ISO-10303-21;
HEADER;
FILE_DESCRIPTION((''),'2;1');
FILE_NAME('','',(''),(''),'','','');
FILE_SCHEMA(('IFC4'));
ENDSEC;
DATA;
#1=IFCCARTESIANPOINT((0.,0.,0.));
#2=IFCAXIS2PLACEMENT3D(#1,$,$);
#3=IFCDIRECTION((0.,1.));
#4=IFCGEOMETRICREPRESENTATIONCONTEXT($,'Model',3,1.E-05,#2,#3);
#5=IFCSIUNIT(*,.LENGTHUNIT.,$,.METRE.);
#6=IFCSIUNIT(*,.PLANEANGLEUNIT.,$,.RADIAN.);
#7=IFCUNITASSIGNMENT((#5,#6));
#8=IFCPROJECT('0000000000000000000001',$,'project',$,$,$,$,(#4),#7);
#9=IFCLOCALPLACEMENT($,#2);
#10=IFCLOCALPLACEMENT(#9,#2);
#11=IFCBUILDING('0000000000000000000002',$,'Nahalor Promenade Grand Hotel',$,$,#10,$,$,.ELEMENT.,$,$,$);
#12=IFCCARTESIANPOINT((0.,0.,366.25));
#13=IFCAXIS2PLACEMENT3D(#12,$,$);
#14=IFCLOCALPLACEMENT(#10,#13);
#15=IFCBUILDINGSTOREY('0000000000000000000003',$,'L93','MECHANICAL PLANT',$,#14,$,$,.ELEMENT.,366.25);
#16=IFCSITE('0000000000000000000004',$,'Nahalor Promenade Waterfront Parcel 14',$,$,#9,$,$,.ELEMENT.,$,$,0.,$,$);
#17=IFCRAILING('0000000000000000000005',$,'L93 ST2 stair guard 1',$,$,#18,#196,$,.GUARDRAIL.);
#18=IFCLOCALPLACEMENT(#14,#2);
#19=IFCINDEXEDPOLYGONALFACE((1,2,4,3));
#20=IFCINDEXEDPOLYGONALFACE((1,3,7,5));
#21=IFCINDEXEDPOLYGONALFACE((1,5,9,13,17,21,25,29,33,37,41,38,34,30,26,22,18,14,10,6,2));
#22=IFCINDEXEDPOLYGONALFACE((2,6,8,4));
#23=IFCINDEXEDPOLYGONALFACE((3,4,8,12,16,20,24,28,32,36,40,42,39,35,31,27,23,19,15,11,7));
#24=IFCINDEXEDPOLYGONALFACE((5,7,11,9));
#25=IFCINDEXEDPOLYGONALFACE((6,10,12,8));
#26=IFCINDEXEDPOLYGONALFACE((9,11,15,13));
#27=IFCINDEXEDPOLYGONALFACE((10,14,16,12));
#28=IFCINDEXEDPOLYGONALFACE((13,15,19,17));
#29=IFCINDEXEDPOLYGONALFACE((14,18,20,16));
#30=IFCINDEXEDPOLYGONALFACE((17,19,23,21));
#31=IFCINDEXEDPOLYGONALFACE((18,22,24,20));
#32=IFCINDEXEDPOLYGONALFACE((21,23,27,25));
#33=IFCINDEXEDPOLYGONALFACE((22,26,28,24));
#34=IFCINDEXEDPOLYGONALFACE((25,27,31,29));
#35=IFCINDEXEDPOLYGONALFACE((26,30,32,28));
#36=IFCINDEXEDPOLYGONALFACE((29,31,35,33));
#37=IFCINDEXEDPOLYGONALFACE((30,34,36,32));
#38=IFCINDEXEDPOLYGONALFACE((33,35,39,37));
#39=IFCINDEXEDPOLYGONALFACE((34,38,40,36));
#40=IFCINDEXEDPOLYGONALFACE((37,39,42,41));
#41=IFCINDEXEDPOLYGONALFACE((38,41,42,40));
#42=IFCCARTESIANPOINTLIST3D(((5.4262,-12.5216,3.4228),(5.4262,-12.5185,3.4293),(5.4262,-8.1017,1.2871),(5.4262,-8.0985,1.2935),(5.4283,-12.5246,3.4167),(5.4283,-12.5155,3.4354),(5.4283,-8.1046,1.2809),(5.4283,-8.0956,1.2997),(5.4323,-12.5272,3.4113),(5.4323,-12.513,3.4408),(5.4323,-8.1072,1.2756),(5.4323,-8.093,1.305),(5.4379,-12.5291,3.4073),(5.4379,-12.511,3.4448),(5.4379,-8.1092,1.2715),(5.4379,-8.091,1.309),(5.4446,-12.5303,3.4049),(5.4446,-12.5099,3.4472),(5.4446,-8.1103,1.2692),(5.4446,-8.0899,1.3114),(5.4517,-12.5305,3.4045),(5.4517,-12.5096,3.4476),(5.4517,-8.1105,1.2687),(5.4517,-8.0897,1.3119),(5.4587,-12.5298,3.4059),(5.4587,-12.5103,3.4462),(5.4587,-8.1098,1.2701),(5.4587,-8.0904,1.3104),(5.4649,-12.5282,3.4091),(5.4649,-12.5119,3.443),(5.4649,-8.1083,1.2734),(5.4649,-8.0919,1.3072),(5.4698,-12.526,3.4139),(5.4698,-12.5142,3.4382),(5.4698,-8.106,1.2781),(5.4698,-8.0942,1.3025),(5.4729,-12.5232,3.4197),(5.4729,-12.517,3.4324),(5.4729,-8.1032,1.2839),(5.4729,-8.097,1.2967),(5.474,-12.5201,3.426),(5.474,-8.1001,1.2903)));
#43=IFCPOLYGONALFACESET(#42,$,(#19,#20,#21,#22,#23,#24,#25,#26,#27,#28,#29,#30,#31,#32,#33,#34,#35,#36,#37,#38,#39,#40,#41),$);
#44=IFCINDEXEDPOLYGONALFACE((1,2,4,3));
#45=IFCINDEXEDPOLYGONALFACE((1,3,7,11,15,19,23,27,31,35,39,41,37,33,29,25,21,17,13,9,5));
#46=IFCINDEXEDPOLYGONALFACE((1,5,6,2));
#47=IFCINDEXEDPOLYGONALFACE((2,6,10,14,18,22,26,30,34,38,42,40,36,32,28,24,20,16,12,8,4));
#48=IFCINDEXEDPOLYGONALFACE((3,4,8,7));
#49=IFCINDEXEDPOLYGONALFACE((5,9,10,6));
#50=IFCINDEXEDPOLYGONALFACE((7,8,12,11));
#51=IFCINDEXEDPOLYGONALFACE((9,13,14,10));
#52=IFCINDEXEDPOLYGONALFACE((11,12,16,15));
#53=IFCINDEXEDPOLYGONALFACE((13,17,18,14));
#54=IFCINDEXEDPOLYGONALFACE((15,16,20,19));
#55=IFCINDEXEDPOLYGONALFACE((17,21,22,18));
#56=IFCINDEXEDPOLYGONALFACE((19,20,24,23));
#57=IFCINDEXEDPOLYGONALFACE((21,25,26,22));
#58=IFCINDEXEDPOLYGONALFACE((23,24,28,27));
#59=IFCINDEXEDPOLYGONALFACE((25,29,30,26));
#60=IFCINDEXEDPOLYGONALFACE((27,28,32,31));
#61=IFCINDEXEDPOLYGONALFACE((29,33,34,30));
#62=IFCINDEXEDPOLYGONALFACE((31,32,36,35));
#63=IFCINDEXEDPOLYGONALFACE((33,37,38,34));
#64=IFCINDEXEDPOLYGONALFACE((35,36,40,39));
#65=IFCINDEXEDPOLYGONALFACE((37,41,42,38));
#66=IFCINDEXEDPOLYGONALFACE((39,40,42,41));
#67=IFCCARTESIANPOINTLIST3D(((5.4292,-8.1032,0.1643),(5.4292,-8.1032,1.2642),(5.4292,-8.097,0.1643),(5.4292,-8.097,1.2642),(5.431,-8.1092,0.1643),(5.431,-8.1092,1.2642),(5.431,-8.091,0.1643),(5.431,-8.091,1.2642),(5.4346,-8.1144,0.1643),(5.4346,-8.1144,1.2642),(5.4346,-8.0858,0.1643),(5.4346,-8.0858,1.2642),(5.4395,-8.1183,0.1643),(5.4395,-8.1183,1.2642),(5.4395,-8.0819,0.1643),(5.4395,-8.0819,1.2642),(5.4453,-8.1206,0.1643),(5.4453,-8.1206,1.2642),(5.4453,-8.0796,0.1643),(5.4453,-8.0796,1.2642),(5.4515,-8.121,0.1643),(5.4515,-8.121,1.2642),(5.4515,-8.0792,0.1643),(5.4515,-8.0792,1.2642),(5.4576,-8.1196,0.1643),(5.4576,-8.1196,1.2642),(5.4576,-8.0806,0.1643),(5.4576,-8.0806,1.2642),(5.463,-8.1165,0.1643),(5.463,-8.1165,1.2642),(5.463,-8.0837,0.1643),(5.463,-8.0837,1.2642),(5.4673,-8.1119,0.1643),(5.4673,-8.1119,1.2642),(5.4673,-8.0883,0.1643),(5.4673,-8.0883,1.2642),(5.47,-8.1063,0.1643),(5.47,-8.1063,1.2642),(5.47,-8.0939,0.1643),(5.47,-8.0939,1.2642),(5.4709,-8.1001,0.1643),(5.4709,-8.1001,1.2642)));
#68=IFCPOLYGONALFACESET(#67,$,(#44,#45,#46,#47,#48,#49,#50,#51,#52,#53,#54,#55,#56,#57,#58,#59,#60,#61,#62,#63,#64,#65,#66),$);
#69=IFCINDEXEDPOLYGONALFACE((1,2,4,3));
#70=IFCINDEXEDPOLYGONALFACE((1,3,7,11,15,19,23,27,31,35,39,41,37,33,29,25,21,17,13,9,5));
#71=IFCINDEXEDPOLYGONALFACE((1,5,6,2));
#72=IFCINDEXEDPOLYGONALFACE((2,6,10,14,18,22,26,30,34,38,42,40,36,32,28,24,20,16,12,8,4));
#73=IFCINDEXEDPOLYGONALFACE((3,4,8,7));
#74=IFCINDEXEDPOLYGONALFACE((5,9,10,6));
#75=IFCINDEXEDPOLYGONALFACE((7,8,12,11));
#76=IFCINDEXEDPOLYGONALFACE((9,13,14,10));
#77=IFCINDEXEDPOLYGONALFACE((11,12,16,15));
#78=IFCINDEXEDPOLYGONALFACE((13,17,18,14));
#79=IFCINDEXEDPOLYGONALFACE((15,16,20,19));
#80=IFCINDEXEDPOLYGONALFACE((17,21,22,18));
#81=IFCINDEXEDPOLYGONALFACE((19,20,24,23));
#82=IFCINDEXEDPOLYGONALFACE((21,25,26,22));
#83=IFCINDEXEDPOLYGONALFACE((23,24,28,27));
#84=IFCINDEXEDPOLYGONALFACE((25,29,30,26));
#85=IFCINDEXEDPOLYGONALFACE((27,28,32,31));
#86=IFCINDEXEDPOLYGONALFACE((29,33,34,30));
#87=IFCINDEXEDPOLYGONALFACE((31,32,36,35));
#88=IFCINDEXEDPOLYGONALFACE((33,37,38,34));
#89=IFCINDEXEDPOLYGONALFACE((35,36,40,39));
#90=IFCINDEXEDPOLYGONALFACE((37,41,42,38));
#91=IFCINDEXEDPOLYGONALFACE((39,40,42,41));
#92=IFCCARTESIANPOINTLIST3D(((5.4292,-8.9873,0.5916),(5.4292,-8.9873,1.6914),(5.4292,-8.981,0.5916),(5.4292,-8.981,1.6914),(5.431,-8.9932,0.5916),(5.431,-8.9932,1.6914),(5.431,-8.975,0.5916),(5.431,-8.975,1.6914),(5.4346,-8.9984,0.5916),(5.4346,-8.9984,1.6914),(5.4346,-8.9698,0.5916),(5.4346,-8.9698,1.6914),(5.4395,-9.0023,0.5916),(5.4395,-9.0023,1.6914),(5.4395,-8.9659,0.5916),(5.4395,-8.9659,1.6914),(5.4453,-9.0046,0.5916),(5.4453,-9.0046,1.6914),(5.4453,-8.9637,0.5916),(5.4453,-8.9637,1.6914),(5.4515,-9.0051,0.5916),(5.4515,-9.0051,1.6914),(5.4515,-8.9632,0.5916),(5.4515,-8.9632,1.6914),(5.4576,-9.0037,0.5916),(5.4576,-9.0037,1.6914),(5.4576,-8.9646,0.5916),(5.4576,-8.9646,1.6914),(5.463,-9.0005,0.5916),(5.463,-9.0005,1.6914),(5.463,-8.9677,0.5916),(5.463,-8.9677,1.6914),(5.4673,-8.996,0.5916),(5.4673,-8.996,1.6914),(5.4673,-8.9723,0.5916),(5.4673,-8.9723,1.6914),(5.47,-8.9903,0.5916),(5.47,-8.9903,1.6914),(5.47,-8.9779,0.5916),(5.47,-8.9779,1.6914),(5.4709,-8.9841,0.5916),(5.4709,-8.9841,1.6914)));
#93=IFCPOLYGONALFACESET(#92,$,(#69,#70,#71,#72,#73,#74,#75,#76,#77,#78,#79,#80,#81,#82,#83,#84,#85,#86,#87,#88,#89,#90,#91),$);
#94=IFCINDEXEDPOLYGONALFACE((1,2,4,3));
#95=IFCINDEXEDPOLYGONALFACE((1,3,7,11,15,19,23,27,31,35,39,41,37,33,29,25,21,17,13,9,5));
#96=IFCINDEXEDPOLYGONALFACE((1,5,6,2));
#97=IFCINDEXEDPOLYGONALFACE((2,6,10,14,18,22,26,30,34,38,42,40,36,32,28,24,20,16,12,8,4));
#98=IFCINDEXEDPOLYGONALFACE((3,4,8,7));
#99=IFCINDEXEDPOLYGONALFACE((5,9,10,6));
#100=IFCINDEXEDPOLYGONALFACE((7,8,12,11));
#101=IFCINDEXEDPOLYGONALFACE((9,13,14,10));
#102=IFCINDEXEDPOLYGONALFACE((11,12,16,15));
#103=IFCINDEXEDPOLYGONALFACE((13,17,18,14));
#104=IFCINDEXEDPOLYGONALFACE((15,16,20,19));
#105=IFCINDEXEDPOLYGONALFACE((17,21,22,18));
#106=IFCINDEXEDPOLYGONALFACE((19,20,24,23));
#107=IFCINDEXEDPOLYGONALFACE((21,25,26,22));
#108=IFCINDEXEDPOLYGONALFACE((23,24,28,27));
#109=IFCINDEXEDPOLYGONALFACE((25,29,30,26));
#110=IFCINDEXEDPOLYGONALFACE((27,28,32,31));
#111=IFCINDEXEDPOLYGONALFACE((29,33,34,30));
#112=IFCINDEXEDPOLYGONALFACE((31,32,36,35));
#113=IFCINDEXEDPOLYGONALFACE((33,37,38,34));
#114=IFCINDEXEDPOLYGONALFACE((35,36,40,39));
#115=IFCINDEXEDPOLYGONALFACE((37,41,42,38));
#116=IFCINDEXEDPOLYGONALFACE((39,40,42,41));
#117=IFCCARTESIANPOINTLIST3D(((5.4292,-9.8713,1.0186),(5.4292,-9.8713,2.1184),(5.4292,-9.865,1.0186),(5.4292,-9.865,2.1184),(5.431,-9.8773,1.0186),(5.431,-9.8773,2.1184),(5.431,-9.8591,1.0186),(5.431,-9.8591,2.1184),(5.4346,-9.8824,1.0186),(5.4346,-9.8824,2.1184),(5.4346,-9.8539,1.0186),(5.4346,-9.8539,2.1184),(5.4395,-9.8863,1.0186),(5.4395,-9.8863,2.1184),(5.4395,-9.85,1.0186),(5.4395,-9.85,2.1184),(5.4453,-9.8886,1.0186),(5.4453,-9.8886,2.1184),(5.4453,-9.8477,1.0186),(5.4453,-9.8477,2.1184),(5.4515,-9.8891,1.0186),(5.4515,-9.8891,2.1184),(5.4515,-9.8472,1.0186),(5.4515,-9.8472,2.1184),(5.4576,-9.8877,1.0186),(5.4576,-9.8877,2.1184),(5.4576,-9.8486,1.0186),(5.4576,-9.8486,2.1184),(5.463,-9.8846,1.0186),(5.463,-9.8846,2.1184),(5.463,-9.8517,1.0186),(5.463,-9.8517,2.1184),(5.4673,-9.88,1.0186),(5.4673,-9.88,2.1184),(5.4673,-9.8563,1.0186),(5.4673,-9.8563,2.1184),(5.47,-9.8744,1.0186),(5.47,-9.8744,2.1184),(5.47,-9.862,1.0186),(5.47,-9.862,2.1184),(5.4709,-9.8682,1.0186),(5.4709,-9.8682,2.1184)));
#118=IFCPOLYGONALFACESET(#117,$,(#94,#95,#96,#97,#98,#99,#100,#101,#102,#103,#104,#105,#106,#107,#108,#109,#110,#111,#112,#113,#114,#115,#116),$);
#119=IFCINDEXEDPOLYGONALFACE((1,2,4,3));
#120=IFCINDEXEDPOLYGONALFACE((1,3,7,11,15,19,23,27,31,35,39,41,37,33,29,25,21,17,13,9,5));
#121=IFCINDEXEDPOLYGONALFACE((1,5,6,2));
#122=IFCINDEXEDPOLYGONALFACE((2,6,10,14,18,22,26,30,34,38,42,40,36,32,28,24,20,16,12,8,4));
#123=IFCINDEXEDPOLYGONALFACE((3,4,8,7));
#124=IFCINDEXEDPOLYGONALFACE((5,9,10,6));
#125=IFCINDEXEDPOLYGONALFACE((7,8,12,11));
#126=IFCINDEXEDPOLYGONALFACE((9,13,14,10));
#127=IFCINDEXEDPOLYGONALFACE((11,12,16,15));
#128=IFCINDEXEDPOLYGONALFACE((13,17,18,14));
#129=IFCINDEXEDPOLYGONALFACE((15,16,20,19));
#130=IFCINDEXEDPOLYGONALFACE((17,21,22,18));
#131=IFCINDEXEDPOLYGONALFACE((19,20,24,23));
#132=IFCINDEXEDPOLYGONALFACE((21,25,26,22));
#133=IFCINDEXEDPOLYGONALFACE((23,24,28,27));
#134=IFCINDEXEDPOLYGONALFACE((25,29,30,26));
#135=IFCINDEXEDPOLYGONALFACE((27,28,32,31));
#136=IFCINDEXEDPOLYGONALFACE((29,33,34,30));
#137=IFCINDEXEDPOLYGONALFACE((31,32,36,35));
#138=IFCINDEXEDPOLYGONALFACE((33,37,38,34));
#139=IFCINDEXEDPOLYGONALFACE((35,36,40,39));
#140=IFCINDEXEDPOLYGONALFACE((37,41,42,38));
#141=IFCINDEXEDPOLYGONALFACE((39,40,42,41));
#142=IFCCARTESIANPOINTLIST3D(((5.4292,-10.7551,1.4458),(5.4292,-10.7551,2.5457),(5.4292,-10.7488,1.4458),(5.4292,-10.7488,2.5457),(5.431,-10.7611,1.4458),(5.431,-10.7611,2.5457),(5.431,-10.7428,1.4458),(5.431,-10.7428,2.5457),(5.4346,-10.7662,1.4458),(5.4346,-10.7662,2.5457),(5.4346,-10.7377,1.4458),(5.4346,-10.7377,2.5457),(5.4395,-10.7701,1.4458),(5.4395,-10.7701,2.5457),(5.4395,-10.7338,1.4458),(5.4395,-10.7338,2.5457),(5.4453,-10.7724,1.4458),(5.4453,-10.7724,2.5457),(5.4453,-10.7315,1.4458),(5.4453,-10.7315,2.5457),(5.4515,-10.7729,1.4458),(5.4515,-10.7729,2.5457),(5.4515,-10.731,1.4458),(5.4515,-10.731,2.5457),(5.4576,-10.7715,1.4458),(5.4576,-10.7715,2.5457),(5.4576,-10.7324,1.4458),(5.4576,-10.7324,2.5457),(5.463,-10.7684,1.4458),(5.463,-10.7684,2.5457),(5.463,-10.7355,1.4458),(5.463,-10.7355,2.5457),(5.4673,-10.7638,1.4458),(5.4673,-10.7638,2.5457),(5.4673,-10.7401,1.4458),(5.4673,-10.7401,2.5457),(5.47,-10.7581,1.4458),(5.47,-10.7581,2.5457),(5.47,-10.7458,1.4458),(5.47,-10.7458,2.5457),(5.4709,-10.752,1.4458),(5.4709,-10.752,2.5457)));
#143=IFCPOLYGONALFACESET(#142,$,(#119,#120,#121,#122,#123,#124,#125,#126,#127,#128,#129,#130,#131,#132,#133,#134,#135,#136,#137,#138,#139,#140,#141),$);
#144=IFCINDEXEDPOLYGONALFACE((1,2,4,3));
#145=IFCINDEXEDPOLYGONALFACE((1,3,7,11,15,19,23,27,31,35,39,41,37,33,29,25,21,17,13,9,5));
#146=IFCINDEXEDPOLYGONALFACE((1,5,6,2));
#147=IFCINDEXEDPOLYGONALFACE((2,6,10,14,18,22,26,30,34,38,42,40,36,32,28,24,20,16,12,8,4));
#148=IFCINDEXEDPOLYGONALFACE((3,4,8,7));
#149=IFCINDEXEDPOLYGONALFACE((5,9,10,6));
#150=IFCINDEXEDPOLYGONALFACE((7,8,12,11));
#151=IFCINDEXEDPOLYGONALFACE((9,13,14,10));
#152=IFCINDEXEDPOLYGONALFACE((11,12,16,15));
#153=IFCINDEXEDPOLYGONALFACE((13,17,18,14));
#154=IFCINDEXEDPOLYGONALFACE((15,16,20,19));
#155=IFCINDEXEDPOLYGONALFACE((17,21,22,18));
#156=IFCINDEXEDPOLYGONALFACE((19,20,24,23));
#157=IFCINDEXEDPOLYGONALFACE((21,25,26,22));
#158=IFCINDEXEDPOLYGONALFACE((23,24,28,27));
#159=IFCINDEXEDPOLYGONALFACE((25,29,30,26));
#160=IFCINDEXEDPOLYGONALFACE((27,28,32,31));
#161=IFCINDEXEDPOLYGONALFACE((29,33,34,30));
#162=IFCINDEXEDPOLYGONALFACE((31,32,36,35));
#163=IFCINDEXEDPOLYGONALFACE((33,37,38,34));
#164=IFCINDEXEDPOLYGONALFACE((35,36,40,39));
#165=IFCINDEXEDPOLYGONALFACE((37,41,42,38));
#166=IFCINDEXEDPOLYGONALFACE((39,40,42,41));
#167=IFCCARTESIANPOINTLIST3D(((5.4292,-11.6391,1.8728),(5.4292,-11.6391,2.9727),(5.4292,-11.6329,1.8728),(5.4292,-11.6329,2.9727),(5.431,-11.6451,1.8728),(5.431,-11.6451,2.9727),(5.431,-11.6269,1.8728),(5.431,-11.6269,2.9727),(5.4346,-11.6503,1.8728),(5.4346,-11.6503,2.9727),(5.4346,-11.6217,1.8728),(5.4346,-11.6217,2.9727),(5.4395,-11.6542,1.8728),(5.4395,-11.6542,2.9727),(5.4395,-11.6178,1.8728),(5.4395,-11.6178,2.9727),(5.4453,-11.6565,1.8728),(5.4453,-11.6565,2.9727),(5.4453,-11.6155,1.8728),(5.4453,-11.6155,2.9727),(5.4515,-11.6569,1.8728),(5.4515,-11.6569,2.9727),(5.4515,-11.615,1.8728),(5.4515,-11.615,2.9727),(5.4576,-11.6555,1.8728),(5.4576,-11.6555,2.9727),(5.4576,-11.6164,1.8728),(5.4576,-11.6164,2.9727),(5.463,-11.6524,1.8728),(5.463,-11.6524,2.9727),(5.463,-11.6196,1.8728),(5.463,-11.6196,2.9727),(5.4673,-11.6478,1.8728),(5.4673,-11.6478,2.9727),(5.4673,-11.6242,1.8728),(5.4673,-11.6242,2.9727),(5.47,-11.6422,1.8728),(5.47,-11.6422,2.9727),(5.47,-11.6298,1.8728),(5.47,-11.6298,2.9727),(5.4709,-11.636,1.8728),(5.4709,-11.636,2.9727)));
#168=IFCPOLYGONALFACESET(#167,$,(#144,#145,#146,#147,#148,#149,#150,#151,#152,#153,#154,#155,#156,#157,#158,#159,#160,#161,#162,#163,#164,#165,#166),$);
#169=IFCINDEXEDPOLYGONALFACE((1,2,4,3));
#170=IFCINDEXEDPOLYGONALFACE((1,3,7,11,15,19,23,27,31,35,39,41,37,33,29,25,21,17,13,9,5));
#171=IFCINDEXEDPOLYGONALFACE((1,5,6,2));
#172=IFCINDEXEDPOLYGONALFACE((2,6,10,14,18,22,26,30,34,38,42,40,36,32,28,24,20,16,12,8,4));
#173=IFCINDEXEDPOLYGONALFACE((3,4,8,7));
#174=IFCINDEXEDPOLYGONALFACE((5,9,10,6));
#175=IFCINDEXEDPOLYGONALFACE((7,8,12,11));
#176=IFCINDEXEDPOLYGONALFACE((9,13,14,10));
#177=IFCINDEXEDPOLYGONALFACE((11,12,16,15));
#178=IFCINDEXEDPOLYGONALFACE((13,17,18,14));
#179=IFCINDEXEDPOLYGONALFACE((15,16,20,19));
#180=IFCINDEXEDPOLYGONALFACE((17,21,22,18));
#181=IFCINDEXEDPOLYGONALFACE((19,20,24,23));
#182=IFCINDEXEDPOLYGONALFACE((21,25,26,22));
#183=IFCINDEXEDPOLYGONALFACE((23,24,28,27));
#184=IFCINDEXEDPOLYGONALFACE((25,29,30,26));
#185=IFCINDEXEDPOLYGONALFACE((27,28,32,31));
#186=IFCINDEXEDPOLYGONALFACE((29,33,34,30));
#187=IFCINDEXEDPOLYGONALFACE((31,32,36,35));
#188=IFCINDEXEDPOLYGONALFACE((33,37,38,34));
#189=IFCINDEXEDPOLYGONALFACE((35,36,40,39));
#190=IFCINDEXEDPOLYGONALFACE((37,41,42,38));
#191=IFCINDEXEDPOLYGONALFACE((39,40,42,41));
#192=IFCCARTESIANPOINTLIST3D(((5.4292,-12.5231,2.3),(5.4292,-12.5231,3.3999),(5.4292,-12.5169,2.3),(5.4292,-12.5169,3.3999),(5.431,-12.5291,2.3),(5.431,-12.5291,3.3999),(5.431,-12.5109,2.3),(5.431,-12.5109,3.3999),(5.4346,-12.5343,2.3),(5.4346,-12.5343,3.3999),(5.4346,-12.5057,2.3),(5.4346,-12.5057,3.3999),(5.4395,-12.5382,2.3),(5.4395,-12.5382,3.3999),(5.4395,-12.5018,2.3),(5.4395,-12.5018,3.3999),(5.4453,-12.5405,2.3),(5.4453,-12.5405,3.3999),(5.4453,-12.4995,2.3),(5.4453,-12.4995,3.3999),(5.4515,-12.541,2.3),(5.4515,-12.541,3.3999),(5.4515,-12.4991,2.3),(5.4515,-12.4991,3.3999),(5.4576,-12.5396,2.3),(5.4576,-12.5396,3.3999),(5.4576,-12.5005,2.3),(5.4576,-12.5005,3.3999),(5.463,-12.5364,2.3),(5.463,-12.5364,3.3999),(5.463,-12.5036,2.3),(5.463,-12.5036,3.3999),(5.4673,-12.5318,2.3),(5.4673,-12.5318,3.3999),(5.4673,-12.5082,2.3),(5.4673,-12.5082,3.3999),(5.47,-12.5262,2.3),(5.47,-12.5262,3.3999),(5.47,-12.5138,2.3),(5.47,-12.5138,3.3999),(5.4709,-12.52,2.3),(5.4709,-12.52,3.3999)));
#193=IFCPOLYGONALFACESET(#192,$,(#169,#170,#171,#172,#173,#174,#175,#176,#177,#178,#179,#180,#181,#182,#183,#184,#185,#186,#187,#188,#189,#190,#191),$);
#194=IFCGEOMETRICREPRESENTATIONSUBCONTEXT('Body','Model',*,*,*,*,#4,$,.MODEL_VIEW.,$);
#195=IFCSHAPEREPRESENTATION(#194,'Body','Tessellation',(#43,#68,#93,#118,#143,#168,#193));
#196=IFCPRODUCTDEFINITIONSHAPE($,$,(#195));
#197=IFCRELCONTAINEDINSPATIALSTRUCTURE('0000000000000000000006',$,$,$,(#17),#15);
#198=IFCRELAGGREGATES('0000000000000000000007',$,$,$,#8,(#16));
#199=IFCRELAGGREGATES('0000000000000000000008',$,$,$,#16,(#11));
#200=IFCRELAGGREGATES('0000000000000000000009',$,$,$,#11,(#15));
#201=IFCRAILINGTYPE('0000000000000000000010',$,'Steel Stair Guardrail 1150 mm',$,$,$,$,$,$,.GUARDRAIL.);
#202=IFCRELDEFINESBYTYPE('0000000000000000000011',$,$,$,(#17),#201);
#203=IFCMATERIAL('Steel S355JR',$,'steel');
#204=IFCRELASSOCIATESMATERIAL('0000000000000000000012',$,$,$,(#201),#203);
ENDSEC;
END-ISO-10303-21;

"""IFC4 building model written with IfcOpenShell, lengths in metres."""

from ifc_helpers import new_model, si_unit, direction, frame, origin, origin_2d, place, context, subcontext, project, spatial, circle, extrude, material, type_object, element, save


model = new_model("IFC4")

# Units and contexts
model_context = context("Model", 3, precision=1e-05, world=origin(), true_north=direction((0.0, 1.0)))
body_context = subcontext(model_context, "Body", "Model", "MODEL_VIEW")
ifc_project = project(units=[si_unit("LENGTHUNIT", "METRE"), si_unit("PLANEANGLEUNIT", "RADIAN")], contexts=[model_context])

# Site, building, storey
site_placement = place(None, origin())
site = spatial("IfcSite", under=ifc_project, at=site_placement, Name="Nahalor Promenade Waterfront Parcel 14", CompositionType="ELEMENT", RefElevation=0.0)
building_placement = place(site_placement, origin())
building = spatial("IfcBuilding", under=site, at=building_placement, Name="Nahalor Promenade Grand Hotel", CompositionType="ELEMENT")
storey_placement = place(building_placement, frame((0.0, 0.0, 366.25)))
storey = spatial("IfcBuildingStorey", under=building, at=storey_placement, Name="L93", Description="MECHANICAL PLANT", CompositionType="ELEMENT", Elevation=366.25)

# Shared definitions
ifc_material_1 = material(Name="Steel S355JR", Category="steel")

# Railing
railing_type_1 = type_object("IfcRailingType", Name="Steel Stair Guardrail 1150 mm", PredefinedType="GUARDRAIL", material=ifc_material_1)
railing_1_placement = place(storey_placement, frame((5.45, -8.1001, 0.1643)))
element("IfcRailing", 1, at=railing_1_placement, inside=storey, type_object=railing_type_1, Name="L93 ST2 stair guard 1", PredefinedType="GUARDRAIL", context=body_context, shape_type="SweptSolid", body=[
    extrude(circle(Radius=0.024, at=origin_2d()), frame((0.0, 0.0, 1.126), z_axis=(0.0, -0.900393, 0.435077), x_axis=(1.0, 0.0, 0.0)), (0.0, 0.0, 1.0), 4.9089),
    extrude(circle(Radius=0.021, at=origin_2d()), origin(), (0.0, 0.0, 1.0), 1.0999),
    extrude(circle(Radius=0.021, at=origin_2d()), frame((0.0, -0.884, 0.4272)), (0.0, 0.0, 1.0), 1.0999),
    extrude(circle(Radius=0.021, at=origin_2d()), frame((0.0, -1.7681, 0.8542)), (0.0, 0.0, 1.0), 1.0999),
    extrude(circle(Radius=0.021, at=origin_2d()), frame((0.0, -2.6519, 1.2815)), (0.0, 0.0, 1.0), 1.0999),
    extrude(circle(Radius=0.021, at=origin_2d()), frame((0.0, -3.5359, 1.7085)), (0.0, 0.0, 1.0), 1.0999),
    extrude(circle(Radius=0.021, at=origin_2d()), frame((0.0, -4.4199, 2.1357)), (0.0, 0.0, 1.0), 1.0999),
])

save(model, "model.ifc")
